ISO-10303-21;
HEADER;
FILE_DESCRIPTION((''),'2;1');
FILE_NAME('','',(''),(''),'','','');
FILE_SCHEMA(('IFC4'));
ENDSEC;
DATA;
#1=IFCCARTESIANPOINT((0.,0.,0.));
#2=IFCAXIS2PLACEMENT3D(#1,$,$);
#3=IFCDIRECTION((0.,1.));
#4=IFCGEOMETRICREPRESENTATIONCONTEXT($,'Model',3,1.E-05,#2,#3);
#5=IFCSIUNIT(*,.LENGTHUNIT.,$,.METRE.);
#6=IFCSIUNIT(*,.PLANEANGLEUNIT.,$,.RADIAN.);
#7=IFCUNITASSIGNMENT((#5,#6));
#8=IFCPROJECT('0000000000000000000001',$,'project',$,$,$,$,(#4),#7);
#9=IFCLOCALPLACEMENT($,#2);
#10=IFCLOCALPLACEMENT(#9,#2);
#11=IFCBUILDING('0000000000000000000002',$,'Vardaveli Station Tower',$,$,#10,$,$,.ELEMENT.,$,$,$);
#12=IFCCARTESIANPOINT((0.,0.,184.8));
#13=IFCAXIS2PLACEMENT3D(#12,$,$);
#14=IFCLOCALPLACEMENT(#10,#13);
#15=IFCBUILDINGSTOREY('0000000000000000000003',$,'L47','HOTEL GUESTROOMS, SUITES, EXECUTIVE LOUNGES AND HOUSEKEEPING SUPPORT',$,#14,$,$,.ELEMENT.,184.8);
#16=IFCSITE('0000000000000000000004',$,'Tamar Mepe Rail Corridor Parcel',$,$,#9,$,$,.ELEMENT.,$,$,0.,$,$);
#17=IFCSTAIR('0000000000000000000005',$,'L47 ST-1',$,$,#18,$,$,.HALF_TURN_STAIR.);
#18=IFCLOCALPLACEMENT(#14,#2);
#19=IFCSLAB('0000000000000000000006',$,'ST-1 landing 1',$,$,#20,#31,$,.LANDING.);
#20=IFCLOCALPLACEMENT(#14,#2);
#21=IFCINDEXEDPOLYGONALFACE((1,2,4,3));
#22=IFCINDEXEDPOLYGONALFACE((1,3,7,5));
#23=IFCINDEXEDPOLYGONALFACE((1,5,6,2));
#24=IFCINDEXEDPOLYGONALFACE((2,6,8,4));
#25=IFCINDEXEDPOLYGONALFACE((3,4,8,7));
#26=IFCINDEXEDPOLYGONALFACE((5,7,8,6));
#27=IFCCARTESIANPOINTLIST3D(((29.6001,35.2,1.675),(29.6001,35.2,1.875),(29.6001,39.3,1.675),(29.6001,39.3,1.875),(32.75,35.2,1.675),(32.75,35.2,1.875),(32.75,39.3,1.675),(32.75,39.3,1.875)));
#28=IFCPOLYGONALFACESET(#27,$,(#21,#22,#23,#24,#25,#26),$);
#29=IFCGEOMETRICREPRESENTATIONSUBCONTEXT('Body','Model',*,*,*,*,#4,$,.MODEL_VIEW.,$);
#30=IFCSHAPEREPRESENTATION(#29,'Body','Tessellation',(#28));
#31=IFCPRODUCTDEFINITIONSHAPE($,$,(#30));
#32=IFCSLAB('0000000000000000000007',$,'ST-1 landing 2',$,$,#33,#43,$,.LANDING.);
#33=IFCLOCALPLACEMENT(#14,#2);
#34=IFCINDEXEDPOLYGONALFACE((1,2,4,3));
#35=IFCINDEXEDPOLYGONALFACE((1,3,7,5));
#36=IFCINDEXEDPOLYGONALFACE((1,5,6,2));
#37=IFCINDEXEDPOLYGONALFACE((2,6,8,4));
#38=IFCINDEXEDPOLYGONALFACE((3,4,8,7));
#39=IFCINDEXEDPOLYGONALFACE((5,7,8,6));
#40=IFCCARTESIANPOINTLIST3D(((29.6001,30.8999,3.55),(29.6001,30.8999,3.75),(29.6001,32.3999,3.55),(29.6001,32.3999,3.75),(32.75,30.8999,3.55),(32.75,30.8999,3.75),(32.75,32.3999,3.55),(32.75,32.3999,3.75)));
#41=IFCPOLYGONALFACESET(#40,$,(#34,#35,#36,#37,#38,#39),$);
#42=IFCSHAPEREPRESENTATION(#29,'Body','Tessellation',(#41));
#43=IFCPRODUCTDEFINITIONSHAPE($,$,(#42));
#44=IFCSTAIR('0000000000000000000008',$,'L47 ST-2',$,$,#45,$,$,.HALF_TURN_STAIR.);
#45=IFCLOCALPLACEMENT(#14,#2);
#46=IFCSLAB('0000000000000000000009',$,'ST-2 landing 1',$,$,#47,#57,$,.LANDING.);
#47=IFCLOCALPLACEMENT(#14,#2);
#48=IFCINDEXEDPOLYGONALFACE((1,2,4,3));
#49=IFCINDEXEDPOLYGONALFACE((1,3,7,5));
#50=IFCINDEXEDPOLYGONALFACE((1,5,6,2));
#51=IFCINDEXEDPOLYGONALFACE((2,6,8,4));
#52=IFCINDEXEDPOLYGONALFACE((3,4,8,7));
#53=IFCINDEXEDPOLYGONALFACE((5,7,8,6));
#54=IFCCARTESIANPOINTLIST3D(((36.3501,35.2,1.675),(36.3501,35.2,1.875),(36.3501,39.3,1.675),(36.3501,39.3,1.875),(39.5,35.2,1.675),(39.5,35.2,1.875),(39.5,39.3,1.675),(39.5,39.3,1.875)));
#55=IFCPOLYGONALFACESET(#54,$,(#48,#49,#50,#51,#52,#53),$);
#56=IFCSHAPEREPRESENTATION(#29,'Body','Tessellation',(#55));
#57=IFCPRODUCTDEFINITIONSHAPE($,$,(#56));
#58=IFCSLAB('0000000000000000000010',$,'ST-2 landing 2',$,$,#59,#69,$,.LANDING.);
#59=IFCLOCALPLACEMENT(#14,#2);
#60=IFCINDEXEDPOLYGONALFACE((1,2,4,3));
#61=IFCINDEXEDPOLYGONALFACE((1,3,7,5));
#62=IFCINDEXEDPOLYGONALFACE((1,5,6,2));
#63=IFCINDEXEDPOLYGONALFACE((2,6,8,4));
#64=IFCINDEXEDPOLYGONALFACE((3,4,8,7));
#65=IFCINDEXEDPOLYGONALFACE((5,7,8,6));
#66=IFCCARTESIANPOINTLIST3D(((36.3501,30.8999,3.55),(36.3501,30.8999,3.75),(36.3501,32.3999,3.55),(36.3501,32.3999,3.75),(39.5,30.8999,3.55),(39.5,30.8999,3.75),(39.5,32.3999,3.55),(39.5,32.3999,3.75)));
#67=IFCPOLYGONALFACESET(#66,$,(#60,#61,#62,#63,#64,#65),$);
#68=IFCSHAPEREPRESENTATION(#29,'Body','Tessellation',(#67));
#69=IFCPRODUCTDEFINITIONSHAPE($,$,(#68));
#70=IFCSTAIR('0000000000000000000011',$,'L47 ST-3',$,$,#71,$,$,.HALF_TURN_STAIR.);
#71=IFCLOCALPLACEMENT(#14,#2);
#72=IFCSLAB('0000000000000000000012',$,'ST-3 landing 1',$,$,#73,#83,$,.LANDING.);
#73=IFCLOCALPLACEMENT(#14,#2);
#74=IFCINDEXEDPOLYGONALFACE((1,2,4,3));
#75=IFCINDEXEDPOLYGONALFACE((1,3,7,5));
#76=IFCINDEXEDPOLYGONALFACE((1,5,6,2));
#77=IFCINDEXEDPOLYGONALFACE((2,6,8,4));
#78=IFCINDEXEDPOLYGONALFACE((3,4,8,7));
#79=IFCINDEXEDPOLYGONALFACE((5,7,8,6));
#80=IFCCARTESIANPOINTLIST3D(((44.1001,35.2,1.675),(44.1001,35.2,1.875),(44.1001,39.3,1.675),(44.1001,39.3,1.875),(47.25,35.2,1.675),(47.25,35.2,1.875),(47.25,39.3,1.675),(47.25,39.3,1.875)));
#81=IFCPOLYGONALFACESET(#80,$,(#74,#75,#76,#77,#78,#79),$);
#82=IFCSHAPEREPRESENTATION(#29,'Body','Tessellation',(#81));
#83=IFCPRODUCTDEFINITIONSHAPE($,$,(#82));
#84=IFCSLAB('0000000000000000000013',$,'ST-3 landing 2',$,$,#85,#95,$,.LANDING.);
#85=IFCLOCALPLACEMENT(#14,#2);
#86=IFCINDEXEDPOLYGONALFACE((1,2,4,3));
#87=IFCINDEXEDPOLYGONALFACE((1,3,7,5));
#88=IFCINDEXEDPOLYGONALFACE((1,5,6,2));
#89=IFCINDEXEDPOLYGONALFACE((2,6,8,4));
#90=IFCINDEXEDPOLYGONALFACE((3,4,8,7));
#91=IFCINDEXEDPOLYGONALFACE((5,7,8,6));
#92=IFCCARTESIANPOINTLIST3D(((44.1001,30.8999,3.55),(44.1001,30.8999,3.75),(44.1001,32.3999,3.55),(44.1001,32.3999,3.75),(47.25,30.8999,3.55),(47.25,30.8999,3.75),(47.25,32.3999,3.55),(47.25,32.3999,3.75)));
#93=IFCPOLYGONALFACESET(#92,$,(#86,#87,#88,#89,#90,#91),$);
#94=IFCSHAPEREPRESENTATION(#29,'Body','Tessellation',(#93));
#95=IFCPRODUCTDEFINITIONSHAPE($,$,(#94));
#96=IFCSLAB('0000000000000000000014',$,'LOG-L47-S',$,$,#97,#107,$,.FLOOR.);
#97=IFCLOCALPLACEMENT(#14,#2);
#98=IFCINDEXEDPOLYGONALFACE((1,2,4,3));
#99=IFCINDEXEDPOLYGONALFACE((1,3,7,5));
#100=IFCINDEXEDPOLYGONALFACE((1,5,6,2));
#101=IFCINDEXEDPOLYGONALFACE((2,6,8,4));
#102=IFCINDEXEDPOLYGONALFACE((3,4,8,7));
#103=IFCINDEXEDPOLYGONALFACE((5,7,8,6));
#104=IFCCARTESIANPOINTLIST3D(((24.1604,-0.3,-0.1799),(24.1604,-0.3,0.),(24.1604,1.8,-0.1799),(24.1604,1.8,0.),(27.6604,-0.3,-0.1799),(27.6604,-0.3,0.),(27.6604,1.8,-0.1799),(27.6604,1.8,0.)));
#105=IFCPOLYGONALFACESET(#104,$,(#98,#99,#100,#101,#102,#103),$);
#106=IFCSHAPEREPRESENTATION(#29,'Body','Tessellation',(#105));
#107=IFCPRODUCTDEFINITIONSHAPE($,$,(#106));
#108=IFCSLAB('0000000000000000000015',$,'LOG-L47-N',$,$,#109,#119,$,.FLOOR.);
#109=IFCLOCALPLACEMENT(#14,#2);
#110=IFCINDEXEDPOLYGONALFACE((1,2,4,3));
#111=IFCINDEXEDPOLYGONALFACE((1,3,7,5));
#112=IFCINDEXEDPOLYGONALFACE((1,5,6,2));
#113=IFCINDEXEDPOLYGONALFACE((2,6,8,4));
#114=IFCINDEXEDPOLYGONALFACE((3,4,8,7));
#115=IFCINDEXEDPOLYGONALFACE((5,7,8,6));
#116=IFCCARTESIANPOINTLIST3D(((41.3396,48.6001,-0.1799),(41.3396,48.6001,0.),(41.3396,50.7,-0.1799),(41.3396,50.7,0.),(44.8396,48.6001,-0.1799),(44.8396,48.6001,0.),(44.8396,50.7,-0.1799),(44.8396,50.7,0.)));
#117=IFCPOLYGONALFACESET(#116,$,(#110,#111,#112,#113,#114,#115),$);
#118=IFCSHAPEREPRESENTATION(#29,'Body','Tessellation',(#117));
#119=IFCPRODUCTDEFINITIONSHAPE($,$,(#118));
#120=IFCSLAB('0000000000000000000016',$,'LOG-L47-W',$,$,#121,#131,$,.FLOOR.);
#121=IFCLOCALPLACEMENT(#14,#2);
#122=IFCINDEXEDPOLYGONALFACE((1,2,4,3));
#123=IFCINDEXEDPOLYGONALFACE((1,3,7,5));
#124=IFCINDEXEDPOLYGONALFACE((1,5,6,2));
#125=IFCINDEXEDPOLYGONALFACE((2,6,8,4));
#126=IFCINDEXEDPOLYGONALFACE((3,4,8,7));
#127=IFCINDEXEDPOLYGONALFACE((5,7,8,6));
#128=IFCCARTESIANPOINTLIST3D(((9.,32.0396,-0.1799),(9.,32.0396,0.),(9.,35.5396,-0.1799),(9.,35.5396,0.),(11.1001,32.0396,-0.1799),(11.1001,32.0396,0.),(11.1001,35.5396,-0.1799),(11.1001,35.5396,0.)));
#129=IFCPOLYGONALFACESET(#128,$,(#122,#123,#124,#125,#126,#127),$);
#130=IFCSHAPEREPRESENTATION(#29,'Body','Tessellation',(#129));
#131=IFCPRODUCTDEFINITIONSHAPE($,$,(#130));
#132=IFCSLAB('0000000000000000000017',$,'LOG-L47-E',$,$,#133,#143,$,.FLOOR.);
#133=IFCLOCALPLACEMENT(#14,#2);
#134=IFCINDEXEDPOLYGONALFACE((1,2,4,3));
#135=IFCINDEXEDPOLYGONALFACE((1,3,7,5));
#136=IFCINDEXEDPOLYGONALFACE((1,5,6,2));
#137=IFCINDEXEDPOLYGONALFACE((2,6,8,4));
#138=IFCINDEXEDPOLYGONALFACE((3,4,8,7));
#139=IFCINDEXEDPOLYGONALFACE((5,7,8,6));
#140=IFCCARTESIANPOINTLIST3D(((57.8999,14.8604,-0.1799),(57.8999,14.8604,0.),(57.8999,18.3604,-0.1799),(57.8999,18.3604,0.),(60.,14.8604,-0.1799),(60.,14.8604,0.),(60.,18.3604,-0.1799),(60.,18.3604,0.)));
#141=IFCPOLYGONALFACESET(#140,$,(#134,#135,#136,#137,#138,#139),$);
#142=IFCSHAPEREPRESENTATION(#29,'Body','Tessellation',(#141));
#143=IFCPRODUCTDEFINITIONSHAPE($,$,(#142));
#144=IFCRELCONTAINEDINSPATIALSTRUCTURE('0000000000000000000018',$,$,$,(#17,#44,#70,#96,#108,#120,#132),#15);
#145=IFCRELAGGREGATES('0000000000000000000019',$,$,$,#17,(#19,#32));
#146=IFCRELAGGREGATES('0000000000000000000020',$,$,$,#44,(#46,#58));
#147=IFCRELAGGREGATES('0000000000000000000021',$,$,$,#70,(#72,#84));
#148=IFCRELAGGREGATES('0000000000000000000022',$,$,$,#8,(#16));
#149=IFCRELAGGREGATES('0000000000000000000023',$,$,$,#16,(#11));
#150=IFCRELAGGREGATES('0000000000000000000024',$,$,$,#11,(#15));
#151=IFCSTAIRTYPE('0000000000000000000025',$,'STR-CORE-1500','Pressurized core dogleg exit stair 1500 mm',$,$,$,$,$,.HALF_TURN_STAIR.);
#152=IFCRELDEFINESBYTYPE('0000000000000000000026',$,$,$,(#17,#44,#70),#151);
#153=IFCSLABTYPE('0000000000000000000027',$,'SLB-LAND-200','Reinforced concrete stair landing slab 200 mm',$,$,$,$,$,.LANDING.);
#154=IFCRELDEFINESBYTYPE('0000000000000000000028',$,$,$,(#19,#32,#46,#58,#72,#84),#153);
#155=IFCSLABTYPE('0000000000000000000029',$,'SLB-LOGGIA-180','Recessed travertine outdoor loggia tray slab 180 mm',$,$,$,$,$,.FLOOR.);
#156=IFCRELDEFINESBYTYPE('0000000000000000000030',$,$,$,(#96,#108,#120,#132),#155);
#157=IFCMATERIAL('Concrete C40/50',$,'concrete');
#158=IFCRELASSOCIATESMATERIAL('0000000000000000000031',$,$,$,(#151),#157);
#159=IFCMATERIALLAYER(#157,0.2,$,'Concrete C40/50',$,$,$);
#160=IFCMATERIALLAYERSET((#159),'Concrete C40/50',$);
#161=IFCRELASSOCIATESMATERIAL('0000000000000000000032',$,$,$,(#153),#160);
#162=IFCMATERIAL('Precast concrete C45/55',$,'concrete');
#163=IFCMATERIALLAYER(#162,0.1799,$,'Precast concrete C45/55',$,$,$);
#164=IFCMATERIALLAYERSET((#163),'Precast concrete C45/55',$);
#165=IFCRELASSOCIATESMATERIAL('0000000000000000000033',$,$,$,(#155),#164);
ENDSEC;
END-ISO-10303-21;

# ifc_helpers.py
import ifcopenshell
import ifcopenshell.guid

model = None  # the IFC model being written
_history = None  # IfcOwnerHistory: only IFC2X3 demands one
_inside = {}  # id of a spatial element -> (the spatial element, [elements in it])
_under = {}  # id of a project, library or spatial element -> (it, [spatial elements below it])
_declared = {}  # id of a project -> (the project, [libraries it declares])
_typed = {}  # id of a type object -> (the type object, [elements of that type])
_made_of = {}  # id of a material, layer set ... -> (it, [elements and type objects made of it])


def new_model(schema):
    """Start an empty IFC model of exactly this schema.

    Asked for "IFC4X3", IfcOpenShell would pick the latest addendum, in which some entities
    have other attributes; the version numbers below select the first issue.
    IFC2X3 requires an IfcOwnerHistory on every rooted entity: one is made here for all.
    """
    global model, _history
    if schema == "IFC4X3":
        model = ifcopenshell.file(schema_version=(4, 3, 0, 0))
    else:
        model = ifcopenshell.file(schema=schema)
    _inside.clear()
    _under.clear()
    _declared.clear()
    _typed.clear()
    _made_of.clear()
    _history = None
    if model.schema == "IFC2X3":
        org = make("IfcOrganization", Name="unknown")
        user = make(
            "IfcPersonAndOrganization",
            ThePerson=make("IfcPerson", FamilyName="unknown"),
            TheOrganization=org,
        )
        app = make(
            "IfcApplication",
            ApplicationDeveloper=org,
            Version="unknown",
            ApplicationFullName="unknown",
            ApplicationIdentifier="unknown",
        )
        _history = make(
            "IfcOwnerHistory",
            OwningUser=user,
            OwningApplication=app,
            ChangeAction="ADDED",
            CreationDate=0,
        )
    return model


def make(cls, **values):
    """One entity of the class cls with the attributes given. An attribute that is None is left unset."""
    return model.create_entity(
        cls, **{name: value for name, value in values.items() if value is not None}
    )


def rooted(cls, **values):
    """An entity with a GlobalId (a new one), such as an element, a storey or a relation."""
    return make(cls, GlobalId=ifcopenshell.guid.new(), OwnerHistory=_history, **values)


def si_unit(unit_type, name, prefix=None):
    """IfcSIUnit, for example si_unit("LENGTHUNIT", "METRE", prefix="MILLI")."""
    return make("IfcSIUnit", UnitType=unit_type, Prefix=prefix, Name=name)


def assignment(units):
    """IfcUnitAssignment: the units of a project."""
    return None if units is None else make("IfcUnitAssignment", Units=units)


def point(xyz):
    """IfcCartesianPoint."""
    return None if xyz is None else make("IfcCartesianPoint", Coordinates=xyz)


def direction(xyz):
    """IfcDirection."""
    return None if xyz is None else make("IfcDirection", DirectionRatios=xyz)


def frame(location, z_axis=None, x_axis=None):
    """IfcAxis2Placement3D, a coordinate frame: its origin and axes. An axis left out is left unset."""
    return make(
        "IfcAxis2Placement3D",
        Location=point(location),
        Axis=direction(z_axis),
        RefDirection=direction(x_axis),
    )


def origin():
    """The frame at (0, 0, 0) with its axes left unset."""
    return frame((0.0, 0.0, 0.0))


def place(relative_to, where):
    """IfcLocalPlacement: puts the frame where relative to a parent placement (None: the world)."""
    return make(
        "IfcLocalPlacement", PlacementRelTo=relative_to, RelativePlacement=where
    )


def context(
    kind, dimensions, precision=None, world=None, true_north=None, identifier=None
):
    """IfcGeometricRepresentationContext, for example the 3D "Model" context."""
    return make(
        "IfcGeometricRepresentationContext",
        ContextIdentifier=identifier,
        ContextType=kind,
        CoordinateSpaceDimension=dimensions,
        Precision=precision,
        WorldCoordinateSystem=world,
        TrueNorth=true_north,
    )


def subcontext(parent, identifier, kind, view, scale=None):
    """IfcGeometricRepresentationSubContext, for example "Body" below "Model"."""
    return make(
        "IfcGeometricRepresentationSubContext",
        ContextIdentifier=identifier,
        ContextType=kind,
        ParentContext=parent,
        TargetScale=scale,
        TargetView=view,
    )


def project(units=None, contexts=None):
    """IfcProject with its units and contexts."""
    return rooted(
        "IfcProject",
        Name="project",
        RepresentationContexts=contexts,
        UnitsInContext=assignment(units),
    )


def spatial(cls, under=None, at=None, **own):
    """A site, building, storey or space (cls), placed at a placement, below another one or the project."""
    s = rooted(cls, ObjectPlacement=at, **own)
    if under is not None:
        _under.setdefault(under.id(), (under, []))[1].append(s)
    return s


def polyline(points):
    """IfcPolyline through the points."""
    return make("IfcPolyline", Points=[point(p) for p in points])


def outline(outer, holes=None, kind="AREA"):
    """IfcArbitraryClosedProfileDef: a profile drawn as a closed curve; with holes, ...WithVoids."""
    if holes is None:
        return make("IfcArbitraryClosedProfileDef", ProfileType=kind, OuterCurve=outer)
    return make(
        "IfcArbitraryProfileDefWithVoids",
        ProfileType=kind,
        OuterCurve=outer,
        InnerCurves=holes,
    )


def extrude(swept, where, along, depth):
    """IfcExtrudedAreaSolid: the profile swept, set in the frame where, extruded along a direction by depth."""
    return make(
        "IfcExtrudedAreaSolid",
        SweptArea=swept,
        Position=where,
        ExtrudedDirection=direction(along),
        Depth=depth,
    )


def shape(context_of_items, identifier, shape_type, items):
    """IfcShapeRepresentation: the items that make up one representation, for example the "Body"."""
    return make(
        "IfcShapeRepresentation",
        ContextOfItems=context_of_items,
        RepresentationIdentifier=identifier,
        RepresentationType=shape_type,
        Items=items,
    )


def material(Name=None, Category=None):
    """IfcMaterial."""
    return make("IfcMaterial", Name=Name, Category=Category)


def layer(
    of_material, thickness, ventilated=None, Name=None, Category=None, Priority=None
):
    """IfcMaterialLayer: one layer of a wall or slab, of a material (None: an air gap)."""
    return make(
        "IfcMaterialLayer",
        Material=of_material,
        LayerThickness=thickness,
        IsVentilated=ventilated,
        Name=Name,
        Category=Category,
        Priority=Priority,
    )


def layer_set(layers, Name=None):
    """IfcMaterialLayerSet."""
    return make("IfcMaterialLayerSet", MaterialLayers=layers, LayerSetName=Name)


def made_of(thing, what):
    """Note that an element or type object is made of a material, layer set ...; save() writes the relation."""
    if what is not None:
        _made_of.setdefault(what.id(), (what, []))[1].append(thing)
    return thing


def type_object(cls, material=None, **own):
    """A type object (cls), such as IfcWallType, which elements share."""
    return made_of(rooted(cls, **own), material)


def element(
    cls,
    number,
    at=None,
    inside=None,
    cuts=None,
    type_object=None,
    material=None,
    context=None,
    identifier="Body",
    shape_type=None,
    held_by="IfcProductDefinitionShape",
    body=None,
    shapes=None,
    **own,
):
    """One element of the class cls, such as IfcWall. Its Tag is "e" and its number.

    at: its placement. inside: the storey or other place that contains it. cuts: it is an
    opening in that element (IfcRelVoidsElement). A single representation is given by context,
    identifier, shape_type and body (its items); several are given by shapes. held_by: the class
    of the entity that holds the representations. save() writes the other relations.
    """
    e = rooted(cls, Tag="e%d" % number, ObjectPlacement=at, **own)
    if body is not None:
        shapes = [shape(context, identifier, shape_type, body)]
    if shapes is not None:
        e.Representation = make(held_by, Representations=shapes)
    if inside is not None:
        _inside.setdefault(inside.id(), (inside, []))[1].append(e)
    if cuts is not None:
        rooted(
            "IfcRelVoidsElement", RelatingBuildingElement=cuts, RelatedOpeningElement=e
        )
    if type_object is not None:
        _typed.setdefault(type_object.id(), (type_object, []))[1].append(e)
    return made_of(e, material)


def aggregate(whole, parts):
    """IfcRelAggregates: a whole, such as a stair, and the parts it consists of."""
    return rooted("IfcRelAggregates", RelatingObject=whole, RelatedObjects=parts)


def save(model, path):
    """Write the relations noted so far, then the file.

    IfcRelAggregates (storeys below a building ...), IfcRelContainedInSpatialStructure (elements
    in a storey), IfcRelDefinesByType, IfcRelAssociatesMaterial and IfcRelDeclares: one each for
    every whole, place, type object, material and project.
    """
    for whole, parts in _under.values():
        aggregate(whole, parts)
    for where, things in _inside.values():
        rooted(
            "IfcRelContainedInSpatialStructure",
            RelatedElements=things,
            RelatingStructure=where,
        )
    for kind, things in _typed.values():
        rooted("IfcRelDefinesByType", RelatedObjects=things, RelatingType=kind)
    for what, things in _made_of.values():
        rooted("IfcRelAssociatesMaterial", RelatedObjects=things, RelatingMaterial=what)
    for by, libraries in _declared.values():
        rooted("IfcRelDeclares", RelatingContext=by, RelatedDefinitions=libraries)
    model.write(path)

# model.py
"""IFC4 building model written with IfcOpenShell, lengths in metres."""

from ifc_helpers import new_model, si_unit, direction, frame, origin, place, context, subcontext, project, spatial, polyline, outline, extrude, material, layer, layer_set, type_object, element, aggregate, save


model = new_model("IFC4")

# Units and contexts
model_context = context("Model", 3, precision=1e-05, world=origin(), true_north=direction((0.0, 1.0)))
body_context = subcontext(model_context, "Body", "Model", "MODEL_VIEW")
ifc_project = project(units=[si_unit("LENGTHUNIT", "METRE"), si_unit("PLANEANGLEUNIT", "RADIAN")], contexts=[model_context])

# Site, building, storey
site_placement = place(None, origin())
site = spatial("IfcSite", under=ifc_project, at=site_placement, Name="Tamar Mepe Rail Corridor Parcel", CompositionType="ELEMENT", RefElevation=0.0)
building_placement = place(site_placement, origin())
building = spatial("IfcBuilding", under=site, at=building_placement, Name="Vardaveli Station Tower", CompositionType="ELEMENT")
storey_placement = place(building_placement, frame((0.0, 0.0, 184.8)))
storey = spatial("IfcBuildingStorey", under=building, at=storey_placement, Name="L47", Description="HOTEL GUESTROOMS, SUITES, EXECUTIVE LOUNGES AND HOUSEKEEPING SUPPORT", CompositionType="ELEMENT", Elevation=184.8)

# Stairs, slabs
ifc_material_1 = material(Name="Concrete C40/50", Category="concrete")
stair_type = type_object("IfcStairType", Name="STR-CORE-1500", Description="Pressurized core dogleg exit stair 1500 mm", PredefinedType="HALF_TURN_STAIR", material=ifc_material_1)
stair_1_placement = place(storey_placement, origin())
stair_1 = element("IfcStair", 1, at=stair_1_placement, inside=storey, type_object=stair_type, Name="L47 ST-1", PredefinedType="HALF_TURN_STAIR")
ifc_layer_1 = layer(ifc_material_1, 0.2, Name="Concrete C40/50")
ifc_layer_set_1 = layer_set([ifc_layer_1], Name="Concrete C40/50")
slab_type_1 = type_object("IfcSlabType", Name="SLB-LAND-200", Description="Reinforced concrete stair landing slab 200 mm", PredefinedType="LANDING", material=ifc_layer_set_1)
slab_1_placement = place(storey_placement, frame((0.0, 0.0, 1.675)))
slab_1 = element("IfcSlab", 2, at=slab_1_placement, type_object=slab_type_1, Name="ST-1 landing 1", PredefinedType="LANDING", context=body_context, shape_type="SweptSolid", body=[
    extrude(outline(polyline([(32.75, 35.2), (32.75, 39.3), (29.6001, 39.3), (29.6001, 35.2), (32.75, 35.2)])), origin(), (0.0, 0.0, 1.0), 0.2),
])
slab_2_placement = place(storey_placement, frame((0.0, 0.0, 3.55)))
slab_2 = element("IfcSlab", 3, at=slab_2_placement, type_object=slab_type_1, Name="ST-1 landing 2", PredefinedType="LANDING", context=body_context, shape_type="SweptSolid", body=[
    extrude(outline(polyline([(32.75, 30.8999), (32.75, 32.3999), (29.6001, 32.3999), (29.6001, 30.8999), (32.75, 30.8999)])), origin(), (0.0, 0.0, 1.0), 0.2),
])
aggregate(stair_1, [slab_1, slab_2])
stair_2_placement = place(storey_placement, origin())
stair_2 = element("IfcStair", 4, at=stair_2_placement, inside=storey, type_object=stair_type, Name="L47 ST-2", PredefinedType="HALF_TURN_STAIR")
slab_3_placement = place(storey_placement, frame((0.0, 0.0, 1.675)))
slab_3 = element("IfcSlab", 5, at=slab_3_placement, type_object=slab_type_1, Name="ST-2 landing 1", PredefinedType="LANDING", context=body_context, shape_type="SweptSolid", body=[
    extrude(outline(polyline([(39.5, 35.2), (39.5, 39.3), (36.3501, 39.3), (36.3501, 35.2), (39.5, 35.2)])), origin(), (0.0, 0.0, 1.0), 0.2),
])
slab_4_placement = place(storey_placement, frame((0.0, 0.0, 3.55)))
slab_4 = element("IfcSlab", 6, at=slab_4_placement, type_object=slab_type_1, Name="ST-2 landing 2", PredefinedType="LANDING", context=body_context, shape_type="SweptSolid", body=[
    extrude(outline(polyline([(39.5, 30.8999), (39.5, 32.3999), (36.3501, 32.3999), (36.3501, 30.8999), (39.5, 30.8999)])), origin(), (0.0, 0.0, 1.0), 0.2),
])
aggregate(stair_2, [slab_3, slab_4])
stair_3_placement = place(storey_placement, origin())
stair_3 = element("IfcStair", 7, at=stair_3_placement, inside=storey, type_object=stair_type, Name="L47 ST-3", PredefinedType="HALF_TURN_STAIR")
slab_5_placement = place(storey_placement, frame((0.0, 0.0, 1.675)))
slab_5 = element("IfcSlab", 8, at=slab_5_placement, type_object=slab_type_1, Name="ST-3 landing 1", PredefinedType="LANDING", context=body_context, shape_type="SweptSolid", body=[
    extrude(outline(polyline([(47.25, 35.2), (47.25, 39.3), (44.1001, 39.3), (44.1001, 35.2), (47.25, 35.2)])), origin(), (0.0, 0.0, 1.0), 0.2),
])
slab_6_placement = place(storey_placement, frame((0.0, 0.0, 3.55)))
slab_6 = element("IfcSlab", 9, at=slab_6_placement, type_object=slab_type_1, Name="ST-3 landing 2", PredefinedType="LANDING", context=body_context, shape_type="SweptSolid", body=[
    extrude(outline(polyline([(47.25, 30.8999), (47.25, 32.3999), (44.1001, 32.3999), (44.1001, 30.8999), (47.25, 30.8999)])), origin(), (0.0, 0.0, 1.0), 0.2),
])
aggregate(stair_3, [slab_5, slab_6])

# Slabs
ifc_material_2 = material(Name="Precast concrete C45/55", Category="concrete")
ifc_layer_2 = layer(ifc_material_2, 0.1799, Name="Precast concrete C45/55")
ifc_layer_set_2 = layer_set([ifc_layer_2], Name="Precast concrete C45/55")
slab_type_2 = type_object("IfcSlabType", Name="SLB-LOGGIA-180", Description="Recessed travertine outdoor loggia tray slab 180 mm", PredefinedType="FLOOR", material=ifc_layer_set_2)
slab_7_placement = place(storey_placement, frame((0.0, 0.0, -0.1799)))
element("IfcSlab", 10, at=slab_7_placement, inside=storey, type_object=slab_type_2, Name="LOG-L47-S", PredefinedType="FLOOR", context=body_context, shape_type="SweptSolid", body=[
    extrude(outline(polyline([(24.1604, -0.3), (27.6604, -0.3), (27.6604, 1.8), (24.1604, 1.8), (24.1604, -0.3)])), origin(), (0.0, 0.0, 1.0), 0.1799),
])
slab_8_placement = place(storey_placement, frame((0.0, 0.0, -0.1799)))
element("IfcSlab", 11, at=slab_8_placement, inside=storey, type_object=slab_type_2, Name="LOG-L47-N", PredefinedType="FLOOR", context=body_context, shape_type="SweptSolid", body=[
    extrude(outline(polyline([(41.3396, 48.6001), (44.8396, 48.6001), (44.8396, 50.7), (41.3396, 50.7), (41.3396, 48.6001)])), origin(), (0.0, 0.0, 1.0), 0.1799),
])
slab_9_placement = place(storey_placement, frame((0.0, 0.0, -0.1799)))
element("IfcSlab", 12, at=slab_9_placement, inside=storey, type_object=slab_type_2, Name="LOG-L47-W", PredefinedType="FLOOR", context=body_context, shape_type="SweptSolid", body=[
    extrude(outline(polyline([(9.0, 32.0396), (11.1001, 32.0396), (11.1001, 35.5396), (9.0, 35.5396), (9.0, 32.0396)])), origin(), (0.0, 0.0, 1.0), 0.1799),
])
slab_10_placement = place(storey_placement, frame((0.0, 0.0, -0.1799)))
element("IfcSlab", 13, at=slab_10_placement, inside=storey, type_object=slab_type_2, Name="LOG-L47-E", PredefinedType="FLOOR", context=body_context, shape_type="SweptSolid", body=[
    extrude(outline(polyline([(57.8999, 14.8604), (60.0, 14.8604), (60.0, 18.3604), (57.8999, 18.3604), (57.8999, 14.8604)])), origin(), (0.0, 0.0, 1.0), 0.1799),
])

save(model, "model.ifc")
